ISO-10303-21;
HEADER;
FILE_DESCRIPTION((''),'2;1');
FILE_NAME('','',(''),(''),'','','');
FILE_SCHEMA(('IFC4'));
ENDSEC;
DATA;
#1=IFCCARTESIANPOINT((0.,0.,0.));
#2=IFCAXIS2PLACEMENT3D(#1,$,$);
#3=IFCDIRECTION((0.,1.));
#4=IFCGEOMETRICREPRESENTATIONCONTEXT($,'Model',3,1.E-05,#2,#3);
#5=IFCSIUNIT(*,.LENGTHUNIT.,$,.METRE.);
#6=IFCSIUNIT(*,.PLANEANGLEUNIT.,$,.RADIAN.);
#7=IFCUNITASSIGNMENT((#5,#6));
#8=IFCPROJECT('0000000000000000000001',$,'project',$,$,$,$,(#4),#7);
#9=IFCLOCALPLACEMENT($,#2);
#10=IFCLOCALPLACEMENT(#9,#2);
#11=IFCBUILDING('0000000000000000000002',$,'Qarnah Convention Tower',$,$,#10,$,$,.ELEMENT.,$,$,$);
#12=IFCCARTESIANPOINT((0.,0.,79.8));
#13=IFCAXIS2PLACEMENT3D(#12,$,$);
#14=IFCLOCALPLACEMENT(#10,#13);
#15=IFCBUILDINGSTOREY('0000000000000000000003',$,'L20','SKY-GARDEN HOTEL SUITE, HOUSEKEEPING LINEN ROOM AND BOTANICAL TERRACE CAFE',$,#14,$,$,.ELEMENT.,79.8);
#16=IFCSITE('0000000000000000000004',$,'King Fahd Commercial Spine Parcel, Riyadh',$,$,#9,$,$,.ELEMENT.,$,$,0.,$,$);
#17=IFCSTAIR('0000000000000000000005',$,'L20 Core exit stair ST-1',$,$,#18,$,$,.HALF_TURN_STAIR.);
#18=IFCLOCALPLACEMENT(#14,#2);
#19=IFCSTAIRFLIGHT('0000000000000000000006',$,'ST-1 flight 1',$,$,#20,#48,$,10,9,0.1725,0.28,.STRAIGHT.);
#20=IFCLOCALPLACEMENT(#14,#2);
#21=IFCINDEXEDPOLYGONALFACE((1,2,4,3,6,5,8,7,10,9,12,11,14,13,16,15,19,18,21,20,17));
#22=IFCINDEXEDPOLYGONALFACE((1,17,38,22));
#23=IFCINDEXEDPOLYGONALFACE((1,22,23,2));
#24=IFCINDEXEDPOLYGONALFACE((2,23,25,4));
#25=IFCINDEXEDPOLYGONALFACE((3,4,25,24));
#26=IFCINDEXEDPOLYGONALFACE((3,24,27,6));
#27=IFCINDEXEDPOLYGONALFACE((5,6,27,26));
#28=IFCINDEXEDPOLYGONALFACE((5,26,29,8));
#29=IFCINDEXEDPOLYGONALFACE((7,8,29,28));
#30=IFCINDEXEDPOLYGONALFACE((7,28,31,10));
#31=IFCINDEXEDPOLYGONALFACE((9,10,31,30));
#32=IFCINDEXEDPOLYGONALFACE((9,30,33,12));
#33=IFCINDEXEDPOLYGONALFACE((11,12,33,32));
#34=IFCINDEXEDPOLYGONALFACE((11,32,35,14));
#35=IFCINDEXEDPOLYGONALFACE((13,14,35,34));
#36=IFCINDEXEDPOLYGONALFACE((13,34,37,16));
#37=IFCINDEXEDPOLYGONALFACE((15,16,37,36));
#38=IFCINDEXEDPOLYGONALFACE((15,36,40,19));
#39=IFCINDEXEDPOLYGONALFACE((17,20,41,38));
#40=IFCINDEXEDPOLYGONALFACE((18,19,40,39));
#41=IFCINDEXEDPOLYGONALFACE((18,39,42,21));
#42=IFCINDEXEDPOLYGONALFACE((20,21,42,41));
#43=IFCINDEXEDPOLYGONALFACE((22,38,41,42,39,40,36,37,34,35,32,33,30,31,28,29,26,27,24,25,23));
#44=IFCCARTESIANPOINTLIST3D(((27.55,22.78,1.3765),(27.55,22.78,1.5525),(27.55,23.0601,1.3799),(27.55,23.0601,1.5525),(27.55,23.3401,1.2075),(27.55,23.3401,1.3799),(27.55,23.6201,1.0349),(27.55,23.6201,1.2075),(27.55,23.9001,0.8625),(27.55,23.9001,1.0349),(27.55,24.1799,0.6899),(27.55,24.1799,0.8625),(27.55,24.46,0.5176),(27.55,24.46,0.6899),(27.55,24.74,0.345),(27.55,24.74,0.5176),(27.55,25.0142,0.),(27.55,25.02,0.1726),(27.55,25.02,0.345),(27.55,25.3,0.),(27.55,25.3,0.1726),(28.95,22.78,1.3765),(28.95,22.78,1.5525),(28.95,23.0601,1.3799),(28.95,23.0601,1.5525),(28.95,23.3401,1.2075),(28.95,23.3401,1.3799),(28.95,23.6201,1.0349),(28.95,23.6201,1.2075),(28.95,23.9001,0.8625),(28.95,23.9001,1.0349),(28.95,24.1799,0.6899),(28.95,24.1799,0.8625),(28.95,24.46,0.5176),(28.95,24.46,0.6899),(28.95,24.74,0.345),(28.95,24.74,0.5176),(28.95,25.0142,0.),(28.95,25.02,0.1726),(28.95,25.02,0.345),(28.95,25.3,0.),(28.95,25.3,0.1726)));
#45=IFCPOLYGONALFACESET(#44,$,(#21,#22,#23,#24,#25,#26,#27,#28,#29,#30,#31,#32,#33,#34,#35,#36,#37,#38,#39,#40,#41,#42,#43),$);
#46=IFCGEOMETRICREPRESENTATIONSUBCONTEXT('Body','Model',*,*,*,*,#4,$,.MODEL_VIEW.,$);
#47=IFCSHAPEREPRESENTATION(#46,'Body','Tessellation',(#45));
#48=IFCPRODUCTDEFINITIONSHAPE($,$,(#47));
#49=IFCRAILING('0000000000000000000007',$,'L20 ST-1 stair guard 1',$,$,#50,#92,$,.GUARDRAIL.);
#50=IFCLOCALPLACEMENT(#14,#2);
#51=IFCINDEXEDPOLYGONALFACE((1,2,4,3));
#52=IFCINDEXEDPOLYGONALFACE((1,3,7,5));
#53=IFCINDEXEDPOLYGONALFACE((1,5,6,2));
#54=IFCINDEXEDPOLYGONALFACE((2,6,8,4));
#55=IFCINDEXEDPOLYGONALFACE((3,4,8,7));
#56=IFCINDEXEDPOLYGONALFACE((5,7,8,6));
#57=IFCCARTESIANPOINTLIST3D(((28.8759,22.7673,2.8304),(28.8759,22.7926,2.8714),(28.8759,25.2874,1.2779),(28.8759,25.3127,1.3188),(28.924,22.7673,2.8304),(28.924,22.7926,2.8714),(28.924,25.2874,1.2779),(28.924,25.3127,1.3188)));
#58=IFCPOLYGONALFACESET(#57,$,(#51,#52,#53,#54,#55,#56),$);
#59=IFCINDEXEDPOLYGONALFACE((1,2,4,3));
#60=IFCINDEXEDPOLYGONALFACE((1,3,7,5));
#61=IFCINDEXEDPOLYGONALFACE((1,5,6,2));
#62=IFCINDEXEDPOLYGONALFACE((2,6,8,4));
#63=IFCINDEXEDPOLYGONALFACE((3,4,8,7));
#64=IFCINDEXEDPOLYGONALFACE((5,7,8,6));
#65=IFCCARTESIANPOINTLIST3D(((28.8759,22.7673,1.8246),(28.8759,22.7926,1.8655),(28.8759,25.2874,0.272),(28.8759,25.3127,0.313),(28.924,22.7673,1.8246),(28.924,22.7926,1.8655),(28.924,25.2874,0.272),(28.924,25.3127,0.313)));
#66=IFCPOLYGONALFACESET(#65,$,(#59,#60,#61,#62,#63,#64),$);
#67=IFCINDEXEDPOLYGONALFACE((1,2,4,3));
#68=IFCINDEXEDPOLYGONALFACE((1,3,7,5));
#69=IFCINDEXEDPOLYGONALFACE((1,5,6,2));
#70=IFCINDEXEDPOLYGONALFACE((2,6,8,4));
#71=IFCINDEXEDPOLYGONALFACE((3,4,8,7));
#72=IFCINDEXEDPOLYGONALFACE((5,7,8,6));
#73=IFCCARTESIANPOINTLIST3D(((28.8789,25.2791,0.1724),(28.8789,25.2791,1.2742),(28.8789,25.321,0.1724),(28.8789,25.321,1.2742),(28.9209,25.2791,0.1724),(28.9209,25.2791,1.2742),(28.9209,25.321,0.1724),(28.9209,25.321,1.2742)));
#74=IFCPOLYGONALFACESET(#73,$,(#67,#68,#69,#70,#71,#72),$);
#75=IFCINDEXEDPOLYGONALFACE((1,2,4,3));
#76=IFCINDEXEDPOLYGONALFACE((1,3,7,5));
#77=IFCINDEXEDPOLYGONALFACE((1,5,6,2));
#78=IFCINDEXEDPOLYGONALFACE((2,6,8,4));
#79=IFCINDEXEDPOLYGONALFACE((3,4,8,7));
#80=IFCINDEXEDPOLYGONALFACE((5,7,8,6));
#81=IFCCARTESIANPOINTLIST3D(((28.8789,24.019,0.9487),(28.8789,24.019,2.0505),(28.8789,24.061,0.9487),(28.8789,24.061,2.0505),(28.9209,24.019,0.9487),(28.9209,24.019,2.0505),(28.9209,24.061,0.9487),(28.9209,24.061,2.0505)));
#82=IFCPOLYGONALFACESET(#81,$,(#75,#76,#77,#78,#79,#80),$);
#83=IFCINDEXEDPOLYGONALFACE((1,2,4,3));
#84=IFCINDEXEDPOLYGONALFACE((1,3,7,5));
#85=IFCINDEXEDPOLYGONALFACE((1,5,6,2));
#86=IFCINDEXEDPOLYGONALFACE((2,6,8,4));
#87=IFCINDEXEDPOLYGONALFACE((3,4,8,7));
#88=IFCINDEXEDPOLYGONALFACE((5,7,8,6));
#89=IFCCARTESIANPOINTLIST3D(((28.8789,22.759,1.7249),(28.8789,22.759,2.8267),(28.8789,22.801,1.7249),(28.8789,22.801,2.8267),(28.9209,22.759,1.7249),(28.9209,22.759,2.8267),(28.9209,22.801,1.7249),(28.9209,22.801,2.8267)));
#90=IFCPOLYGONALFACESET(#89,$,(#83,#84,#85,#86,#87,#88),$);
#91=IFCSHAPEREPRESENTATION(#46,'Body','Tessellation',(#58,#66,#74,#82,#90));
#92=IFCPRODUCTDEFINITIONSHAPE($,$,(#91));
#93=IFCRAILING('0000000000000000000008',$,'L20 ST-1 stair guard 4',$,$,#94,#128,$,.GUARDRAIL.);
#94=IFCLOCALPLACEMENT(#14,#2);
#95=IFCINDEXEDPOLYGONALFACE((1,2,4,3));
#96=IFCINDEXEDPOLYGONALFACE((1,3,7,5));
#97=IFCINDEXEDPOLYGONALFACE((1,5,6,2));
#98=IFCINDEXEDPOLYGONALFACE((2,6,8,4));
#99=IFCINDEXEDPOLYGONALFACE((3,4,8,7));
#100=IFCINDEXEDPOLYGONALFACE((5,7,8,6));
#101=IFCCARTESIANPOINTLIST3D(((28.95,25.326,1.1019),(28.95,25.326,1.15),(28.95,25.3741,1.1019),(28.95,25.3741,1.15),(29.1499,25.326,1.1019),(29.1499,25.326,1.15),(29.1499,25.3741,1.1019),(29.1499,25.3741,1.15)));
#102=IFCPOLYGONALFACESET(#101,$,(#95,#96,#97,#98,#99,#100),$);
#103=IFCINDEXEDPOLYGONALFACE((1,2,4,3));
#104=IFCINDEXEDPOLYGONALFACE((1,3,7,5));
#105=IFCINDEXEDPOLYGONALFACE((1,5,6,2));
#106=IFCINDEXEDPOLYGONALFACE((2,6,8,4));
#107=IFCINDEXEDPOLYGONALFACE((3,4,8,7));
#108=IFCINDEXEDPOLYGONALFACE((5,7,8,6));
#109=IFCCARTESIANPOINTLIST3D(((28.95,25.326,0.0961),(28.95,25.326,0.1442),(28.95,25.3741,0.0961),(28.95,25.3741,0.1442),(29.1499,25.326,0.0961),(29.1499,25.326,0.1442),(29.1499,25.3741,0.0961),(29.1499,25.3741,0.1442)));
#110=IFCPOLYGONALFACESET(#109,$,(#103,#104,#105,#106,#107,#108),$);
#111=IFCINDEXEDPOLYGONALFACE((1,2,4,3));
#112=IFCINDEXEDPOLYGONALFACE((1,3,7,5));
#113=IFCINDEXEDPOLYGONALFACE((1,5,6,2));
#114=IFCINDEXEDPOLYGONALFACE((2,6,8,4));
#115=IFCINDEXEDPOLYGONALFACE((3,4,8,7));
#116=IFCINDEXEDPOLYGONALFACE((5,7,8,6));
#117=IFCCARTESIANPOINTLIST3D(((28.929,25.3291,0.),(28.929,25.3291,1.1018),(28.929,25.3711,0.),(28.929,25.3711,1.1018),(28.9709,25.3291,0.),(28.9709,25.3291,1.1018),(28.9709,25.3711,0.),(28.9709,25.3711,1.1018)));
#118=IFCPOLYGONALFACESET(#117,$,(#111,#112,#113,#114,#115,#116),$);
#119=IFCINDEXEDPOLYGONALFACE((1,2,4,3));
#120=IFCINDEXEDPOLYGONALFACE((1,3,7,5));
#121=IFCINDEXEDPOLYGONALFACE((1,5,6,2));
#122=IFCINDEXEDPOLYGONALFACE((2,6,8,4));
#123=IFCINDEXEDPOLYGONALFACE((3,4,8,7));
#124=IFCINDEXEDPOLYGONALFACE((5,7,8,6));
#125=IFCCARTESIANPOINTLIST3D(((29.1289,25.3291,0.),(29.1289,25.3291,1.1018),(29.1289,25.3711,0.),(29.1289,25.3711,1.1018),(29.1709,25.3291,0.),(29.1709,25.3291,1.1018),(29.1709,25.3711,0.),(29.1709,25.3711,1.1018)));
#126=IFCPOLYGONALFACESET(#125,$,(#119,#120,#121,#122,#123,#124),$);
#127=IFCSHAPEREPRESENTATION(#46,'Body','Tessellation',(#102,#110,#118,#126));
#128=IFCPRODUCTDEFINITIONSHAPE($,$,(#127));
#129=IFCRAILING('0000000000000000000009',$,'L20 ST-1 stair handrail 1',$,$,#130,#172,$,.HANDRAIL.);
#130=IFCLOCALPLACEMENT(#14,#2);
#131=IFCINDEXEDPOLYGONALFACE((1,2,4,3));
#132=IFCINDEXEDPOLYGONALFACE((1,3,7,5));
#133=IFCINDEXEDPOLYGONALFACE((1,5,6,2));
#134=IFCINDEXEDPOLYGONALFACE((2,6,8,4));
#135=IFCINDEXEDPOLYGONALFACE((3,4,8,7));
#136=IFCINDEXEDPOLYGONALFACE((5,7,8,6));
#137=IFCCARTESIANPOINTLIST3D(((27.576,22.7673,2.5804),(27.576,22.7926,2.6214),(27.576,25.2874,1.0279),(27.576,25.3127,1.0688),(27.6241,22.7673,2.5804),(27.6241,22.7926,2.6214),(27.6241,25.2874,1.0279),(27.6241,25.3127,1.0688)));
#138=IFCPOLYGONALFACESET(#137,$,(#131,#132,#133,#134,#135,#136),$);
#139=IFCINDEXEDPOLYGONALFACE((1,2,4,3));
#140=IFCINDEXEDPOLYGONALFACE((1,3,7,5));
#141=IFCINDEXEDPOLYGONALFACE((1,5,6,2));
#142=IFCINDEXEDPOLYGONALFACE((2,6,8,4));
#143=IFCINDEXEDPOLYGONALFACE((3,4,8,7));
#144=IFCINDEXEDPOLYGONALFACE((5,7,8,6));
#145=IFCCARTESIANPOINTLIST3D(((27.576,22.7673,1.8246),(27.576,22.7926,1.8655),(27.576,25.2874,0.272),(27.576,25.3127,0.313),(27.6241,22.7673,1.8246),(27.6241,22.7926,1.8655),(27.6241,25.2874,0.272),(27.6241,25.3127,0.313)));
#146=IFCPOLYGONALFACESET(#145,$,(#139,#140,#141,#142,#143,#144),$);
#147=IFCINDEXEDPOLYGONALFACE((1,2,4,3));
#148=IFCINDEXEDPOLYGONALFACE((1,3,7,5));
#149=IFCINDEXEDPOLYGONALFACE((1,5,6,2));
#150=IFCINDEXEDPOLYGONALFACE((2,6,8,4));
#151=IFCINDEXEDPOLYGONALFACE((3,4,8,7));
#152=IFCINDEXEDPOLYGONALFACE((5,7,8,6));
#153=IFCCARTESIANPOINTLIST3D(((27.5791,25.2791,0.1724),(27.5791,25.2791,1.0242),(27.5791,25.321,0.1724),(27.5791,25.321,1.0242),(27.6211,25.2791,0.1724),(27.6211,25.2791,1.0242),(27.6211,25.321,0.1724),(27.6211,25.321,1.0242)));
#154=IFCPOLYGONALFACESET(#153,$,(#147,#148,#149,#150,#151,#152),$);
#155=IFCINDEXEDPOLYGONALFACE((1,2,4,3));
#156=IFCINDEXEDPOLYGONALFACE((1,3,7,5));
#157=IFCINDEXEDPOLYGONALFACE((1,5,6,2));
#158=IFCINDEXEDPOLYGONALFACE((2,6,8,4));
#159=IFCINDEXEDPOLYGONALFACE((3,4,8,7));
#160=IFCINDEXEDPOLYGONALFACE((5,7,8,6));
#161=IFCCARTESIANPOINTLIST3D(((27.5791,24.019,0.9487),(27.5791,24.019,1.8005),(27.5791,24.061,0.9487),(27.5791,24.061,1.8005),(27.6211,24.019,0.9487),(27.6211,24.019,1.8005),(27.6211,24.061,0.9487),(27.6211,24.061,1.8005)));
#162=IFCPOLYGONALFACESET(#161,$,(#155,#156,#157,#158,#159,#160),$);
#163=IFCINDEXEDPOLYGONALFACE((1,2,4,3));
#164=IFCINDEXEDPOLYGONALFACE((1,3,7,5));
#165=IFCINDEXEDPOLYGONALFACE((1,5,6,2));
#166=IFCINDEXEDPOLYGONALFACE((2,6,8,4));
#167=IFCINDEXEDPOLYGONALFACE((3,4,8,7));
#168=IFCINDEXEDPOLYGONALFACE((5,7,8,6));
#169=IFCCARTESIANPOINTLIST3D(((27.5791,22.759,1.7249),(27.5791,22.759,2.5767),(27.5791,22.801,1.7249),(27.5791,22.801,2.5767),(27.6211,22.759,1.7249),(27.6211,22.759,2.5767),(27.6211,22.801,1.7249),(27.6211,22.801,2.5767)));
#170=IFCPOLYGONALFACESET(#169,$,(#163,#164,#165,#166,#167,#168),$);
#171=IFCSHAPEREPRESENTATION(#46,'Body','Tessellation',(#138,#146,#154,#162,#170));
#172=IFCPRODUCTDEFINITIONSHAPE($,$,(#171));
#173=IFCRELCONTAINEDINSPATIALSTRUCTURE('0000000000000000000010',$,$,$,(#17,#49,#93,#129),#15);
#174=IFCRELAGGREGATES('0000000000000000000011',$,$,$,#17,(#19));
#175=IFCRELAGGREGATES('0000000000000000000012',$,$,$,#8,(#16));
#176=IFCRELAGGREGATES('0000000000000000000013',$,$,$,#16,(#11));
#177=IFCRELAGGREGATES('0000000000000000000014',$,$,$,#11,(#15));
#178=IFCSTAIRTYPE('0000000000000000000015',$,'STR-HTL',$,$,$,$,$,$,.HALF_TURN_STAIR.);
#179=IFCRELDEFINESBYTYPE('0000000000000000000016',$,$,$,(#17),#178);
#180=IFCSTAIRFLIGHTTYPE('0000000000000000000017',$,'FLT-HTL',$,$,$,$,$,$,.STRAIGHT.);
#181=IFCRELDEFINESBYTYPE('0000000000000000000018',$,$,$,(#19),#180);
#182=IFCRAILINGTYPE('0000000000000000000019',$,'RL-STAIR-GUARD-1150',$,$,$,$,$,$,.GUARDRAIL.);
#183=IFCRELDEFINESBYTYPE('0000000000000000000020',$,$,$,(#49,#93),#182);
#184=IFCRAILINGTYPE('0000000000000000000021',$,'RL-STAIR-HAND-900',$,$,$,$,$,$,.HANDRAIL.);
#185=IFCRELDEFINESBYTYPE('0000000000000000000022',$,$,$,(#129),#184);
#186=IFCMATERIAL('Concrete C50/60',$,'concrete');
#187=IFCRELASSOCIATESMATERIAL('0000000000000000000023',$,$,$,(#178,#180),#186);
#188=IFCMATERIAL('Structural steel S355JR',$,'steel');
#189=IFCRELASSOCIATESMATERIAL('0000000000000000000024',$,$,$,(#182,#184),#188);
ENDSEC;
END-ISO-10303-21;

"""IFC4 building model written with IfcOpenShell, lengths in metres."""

from ifc_helpers import new_model, si_unit, direction, frame, origin, origin_2d, place, context, subcontext, project, spatial, polyline, rectangle, outline, extrude, material, type_object, element, aggregate, save


model = new_model("IFC4")

# Units and contexts
model_context = context("Model", 3, precision=1e-05, world=origin(), true_north=direction((0.0, 1.0)))
body_context = subcontext(model_context, "Body", "Model", "MODEL_VIEW")
ifc_project = project(units=[si_unit("LENGTHUNIT", "METRE"), si_unit("PLANEANGLEUNIT", "RADIAN")], contexts=[model_context])

# Site, building, storey
site_placement = place(None, origin())
site = spatial("IfcSite", under=ifc_project, at=site_placement, Name="King Fahd Commercial Spine Parcel, Riyadh", CompositionType="ELEMENT", RefElevation=0.0)
building_placement = place(site_placement, origin())
building = spatial("IfcBuilding", under=site, at=building_placement, Name="Qarnah Convention Tower", CompositionType="ELEMENT")
storey_placement = place(building_placement, frame((0.0, 0.0, 79.8)))
storey = spatial("IfcBuildingStorey", under=building, at=storey_placement, Name="L20", Description="SKY-GARDEN HOTEL SUITE, HOUSEKEEPING LINEN ROOM AND BOTANICAL TERRACE CAFE", CompositionType="ELEMENT", Elevation=79.8)

# Shared definitions
ifc_material_1 = material(Name="Structural steel S355JR", Category="steel")

# Stair, stair flight
ifc_material_2 = material(Name="Concrete C50/60", Category="concrete")
stair_type = type_object("IfcStairType", Name="STR-HTL", PredefinedType="HALF_TURN_STAIR", material=ifc_material_2)
stair_placement = place(storey_placement, origin())
stair = element("IfcStair", 1, at=stair_placement, inside=storey, type_object=stair_type, Name="L20 Core exit stair ST-1", PredefinedType="HALF_TURN_STAIR")
stair_flight_type = type_object("IfcStairFlightType", Name="FLT-HTL", PredefinedType="STRAIGHT", material=ifc_material_2)
stair_flight_placement = place(storey_placement, frame((28.25, 25.3, 0.0), z_axis=(0.0, 0.0, 1.0), x_axis=(0.0, -1.0, 0.0)))
stair_flight = element("IfcStairFlight", 2, at=stair_flight_placement, type_object=stair_flight_type, Name="ST-1 flight 1", NumberOfRisers=10, NumberOfTreads=9, PredefinedType="STRAIGHT", RiserHeight=0.1725, TreadLength=0.28, context=body_context, shape_type="SweptSolid", body=[
    extrude(outline(polyline([(0.0, 0.0), (0.0, 0.1726), (0.28, 0.1726), (0.28, 0.345), (0.5601, 0.345), (0.5601, 0.5176), (0.8401, 0.5176), (0.8401, 0.6899), (1.1201, 0.6899), (1.1201, 0.8625), (1.3999, 0.8625), (1.3999, 1.0349), (1.6799, 1.0349), (1.6799, 1.2075), (1.96, 1.2075), (1.96, 1.3799), (2.24, 1.3799), (2.24, 1.5525), (2.52, 1.5525), (2.52, 1.7251), (2.52, 1.3765), (0.2859, 0.0), (0.0, 0.0)])), frame((0.0, 0.7, 0.0), z_axis=(0.0, -1.0, 0.0), x_axis=(1.0, 0.0, 0.0)), (0.0, 0.0, 1.0), 1.3999),
])
aggregate(stair, [stair_flight])

# Railings
railing_type_1 = type_object("IfcRailingType", Name="RL-STAIR-GUARD-1150", PredefinedType="GUARDRAIL", material=ifc_material_1)
railing_1_placement = place(storey_placement, frame((28.8999, 25.3, 0.1724)))
element("IfcRailing", 3, at=railing_1_placement, inside=storey, type_object=railing_type_1, Name="L20 ST-1 stair guard 1", PredefinedType="GUARDRAIL", context=body_context, shape_type="SweptSolid", body=[
    extrude(rectangle(XDim=0.0481, YDim=0.0481, at=origin_2d()), frame((0.0, 0.0, 1.126), z_axis=(0.0, -0.8514, 0.524516), x_axis=(1.0, 0.0, 0.0)), (0.0, 0.0, 1.0), 2.96),
    extrude(rectangle(XDim=0.0481, YDim=0.0481, at=origin_2d()), frame((0.0, 0.0, 0.1201), z_axis=(0.0, -0.8514, 0.524516), x_axis=(1.0, 0.0, 0.0)), (0.0, 0.0, 1.0), 2.96),
    extrude(rectangle(XDim=0.042, YDim=0.042, at=origin_2d()), origin(), (0.0, 0.0, 1.0), 1.1018),
    extrude(rectangle(XDim=0.042, YDim=0.042, at=origin_2d()), frame((0.0, -1.26, 0.7764)), (0.0, 0.0, 1.0), 1.1018),
    extrude(rectangle(XDim=0.042, YDim=0.042, at=origin_2d()), frame((0.0, -2.52, 1.5525)), (0.0, 0.0, 1.0), 1.1018),
])
railing_2_placement = place(storey_placement, frame((28.95, 25.3501, 0.0)))
element("IfcRailing", 4, at=railing_2_placement, inside=storey, type_object=railing_type_1, Name="L20 ST-1 stair guard 4", PredefinedType="GUARDRAIL", context=body_context, shape_type="SweptSolid", body=[
    extrude(rectangle(XDim=0.0481, YDim=0.0481, at=origin_2d()), frame((0.0, 0.0, 1.126), z_axis=(1.0, 0.0, 0.0), x_axis=(0.0, 1.0, 0.0)), (0.0, 0.0, 1.0), 0.2),
    extrude(rectangle(XDim=0.0481, YDim=0.0481, at=origin_2d()), frame((0.0, 0.0, 0.1201), z_axis=(1.0, 0.0, 0.0), x_axis=(0.0, 1.0, 0.0)), (0.0, 0.0, 1.0), 0.2),
    extrude(rectangle(XDim=0.042, YDim=0.042, at=origin_2d()), origin(), (0.0, 0.0, 1.0), 1.1018),
    extrude(rectangle(XDim=0.042, YDim=0.042, at=origin_2d()), frame((0.2, 0.0, 0.0)), (0.0, 0.0, 1.0), 1.1018),
])
railing_type_2 = type_object("IfcRailingType", Name="RL-STAIR-HAND-900", PredefinedType="HANDRAIL", material=ifc_material_1)
railing_3_placement = place(storey_placement, frame((27.6001, 25.3, 0.1724)))
element("IfcRailing", 5, at=railing_3_placement, inside=storey, type_object=railing_type_2, Name="L20 ST-1 stair handrail 1", PredefinedType="HANDRAIL", context=body_context, shape_type="SweptSolid", body=[
    extrude(rectangle(XDim=0.0481, YDim=0.0481, at=origin_2d()), frame((0.0, 0.0, 0.876), z_axis=(0.0, -0.8514, 0.524516), x_axis=(1.0, 0.0, 0.0)), (0.0, 0.0, 1.0), 2.96),
    extrude(rectangle(XDim=0.0481, YDim=0.0481, at=origin_2d()), frame((0.0, 0.0, 0.1201), z_axis=(0.0, -0.8514, 0.524516), x_axis=(1.0, 0.0, 0.0)), (0.0, 0.0, 1.0), 2.96),
    extrude(rectangle(XDim=0.042, YDim=0.042, at=origin_2d()), origin(), (0.0, 0.0, 1.0), 0.8518),
    extrude(rectangle(XDim=0.042, YDim=0.042, at=origin_2d()), frame((0.0, -1.26, 0.7764)), (0.0, 0.0, 1.0), 0.8518),
    extrude(rectangle(XDim=0.042, YDim=0.042, at=origin_2d()), frame((0.0, -2.52, 1.5525)), (0.0, 0.0, 1.0), 0.8518),
])

save(model, "model.ifc")
